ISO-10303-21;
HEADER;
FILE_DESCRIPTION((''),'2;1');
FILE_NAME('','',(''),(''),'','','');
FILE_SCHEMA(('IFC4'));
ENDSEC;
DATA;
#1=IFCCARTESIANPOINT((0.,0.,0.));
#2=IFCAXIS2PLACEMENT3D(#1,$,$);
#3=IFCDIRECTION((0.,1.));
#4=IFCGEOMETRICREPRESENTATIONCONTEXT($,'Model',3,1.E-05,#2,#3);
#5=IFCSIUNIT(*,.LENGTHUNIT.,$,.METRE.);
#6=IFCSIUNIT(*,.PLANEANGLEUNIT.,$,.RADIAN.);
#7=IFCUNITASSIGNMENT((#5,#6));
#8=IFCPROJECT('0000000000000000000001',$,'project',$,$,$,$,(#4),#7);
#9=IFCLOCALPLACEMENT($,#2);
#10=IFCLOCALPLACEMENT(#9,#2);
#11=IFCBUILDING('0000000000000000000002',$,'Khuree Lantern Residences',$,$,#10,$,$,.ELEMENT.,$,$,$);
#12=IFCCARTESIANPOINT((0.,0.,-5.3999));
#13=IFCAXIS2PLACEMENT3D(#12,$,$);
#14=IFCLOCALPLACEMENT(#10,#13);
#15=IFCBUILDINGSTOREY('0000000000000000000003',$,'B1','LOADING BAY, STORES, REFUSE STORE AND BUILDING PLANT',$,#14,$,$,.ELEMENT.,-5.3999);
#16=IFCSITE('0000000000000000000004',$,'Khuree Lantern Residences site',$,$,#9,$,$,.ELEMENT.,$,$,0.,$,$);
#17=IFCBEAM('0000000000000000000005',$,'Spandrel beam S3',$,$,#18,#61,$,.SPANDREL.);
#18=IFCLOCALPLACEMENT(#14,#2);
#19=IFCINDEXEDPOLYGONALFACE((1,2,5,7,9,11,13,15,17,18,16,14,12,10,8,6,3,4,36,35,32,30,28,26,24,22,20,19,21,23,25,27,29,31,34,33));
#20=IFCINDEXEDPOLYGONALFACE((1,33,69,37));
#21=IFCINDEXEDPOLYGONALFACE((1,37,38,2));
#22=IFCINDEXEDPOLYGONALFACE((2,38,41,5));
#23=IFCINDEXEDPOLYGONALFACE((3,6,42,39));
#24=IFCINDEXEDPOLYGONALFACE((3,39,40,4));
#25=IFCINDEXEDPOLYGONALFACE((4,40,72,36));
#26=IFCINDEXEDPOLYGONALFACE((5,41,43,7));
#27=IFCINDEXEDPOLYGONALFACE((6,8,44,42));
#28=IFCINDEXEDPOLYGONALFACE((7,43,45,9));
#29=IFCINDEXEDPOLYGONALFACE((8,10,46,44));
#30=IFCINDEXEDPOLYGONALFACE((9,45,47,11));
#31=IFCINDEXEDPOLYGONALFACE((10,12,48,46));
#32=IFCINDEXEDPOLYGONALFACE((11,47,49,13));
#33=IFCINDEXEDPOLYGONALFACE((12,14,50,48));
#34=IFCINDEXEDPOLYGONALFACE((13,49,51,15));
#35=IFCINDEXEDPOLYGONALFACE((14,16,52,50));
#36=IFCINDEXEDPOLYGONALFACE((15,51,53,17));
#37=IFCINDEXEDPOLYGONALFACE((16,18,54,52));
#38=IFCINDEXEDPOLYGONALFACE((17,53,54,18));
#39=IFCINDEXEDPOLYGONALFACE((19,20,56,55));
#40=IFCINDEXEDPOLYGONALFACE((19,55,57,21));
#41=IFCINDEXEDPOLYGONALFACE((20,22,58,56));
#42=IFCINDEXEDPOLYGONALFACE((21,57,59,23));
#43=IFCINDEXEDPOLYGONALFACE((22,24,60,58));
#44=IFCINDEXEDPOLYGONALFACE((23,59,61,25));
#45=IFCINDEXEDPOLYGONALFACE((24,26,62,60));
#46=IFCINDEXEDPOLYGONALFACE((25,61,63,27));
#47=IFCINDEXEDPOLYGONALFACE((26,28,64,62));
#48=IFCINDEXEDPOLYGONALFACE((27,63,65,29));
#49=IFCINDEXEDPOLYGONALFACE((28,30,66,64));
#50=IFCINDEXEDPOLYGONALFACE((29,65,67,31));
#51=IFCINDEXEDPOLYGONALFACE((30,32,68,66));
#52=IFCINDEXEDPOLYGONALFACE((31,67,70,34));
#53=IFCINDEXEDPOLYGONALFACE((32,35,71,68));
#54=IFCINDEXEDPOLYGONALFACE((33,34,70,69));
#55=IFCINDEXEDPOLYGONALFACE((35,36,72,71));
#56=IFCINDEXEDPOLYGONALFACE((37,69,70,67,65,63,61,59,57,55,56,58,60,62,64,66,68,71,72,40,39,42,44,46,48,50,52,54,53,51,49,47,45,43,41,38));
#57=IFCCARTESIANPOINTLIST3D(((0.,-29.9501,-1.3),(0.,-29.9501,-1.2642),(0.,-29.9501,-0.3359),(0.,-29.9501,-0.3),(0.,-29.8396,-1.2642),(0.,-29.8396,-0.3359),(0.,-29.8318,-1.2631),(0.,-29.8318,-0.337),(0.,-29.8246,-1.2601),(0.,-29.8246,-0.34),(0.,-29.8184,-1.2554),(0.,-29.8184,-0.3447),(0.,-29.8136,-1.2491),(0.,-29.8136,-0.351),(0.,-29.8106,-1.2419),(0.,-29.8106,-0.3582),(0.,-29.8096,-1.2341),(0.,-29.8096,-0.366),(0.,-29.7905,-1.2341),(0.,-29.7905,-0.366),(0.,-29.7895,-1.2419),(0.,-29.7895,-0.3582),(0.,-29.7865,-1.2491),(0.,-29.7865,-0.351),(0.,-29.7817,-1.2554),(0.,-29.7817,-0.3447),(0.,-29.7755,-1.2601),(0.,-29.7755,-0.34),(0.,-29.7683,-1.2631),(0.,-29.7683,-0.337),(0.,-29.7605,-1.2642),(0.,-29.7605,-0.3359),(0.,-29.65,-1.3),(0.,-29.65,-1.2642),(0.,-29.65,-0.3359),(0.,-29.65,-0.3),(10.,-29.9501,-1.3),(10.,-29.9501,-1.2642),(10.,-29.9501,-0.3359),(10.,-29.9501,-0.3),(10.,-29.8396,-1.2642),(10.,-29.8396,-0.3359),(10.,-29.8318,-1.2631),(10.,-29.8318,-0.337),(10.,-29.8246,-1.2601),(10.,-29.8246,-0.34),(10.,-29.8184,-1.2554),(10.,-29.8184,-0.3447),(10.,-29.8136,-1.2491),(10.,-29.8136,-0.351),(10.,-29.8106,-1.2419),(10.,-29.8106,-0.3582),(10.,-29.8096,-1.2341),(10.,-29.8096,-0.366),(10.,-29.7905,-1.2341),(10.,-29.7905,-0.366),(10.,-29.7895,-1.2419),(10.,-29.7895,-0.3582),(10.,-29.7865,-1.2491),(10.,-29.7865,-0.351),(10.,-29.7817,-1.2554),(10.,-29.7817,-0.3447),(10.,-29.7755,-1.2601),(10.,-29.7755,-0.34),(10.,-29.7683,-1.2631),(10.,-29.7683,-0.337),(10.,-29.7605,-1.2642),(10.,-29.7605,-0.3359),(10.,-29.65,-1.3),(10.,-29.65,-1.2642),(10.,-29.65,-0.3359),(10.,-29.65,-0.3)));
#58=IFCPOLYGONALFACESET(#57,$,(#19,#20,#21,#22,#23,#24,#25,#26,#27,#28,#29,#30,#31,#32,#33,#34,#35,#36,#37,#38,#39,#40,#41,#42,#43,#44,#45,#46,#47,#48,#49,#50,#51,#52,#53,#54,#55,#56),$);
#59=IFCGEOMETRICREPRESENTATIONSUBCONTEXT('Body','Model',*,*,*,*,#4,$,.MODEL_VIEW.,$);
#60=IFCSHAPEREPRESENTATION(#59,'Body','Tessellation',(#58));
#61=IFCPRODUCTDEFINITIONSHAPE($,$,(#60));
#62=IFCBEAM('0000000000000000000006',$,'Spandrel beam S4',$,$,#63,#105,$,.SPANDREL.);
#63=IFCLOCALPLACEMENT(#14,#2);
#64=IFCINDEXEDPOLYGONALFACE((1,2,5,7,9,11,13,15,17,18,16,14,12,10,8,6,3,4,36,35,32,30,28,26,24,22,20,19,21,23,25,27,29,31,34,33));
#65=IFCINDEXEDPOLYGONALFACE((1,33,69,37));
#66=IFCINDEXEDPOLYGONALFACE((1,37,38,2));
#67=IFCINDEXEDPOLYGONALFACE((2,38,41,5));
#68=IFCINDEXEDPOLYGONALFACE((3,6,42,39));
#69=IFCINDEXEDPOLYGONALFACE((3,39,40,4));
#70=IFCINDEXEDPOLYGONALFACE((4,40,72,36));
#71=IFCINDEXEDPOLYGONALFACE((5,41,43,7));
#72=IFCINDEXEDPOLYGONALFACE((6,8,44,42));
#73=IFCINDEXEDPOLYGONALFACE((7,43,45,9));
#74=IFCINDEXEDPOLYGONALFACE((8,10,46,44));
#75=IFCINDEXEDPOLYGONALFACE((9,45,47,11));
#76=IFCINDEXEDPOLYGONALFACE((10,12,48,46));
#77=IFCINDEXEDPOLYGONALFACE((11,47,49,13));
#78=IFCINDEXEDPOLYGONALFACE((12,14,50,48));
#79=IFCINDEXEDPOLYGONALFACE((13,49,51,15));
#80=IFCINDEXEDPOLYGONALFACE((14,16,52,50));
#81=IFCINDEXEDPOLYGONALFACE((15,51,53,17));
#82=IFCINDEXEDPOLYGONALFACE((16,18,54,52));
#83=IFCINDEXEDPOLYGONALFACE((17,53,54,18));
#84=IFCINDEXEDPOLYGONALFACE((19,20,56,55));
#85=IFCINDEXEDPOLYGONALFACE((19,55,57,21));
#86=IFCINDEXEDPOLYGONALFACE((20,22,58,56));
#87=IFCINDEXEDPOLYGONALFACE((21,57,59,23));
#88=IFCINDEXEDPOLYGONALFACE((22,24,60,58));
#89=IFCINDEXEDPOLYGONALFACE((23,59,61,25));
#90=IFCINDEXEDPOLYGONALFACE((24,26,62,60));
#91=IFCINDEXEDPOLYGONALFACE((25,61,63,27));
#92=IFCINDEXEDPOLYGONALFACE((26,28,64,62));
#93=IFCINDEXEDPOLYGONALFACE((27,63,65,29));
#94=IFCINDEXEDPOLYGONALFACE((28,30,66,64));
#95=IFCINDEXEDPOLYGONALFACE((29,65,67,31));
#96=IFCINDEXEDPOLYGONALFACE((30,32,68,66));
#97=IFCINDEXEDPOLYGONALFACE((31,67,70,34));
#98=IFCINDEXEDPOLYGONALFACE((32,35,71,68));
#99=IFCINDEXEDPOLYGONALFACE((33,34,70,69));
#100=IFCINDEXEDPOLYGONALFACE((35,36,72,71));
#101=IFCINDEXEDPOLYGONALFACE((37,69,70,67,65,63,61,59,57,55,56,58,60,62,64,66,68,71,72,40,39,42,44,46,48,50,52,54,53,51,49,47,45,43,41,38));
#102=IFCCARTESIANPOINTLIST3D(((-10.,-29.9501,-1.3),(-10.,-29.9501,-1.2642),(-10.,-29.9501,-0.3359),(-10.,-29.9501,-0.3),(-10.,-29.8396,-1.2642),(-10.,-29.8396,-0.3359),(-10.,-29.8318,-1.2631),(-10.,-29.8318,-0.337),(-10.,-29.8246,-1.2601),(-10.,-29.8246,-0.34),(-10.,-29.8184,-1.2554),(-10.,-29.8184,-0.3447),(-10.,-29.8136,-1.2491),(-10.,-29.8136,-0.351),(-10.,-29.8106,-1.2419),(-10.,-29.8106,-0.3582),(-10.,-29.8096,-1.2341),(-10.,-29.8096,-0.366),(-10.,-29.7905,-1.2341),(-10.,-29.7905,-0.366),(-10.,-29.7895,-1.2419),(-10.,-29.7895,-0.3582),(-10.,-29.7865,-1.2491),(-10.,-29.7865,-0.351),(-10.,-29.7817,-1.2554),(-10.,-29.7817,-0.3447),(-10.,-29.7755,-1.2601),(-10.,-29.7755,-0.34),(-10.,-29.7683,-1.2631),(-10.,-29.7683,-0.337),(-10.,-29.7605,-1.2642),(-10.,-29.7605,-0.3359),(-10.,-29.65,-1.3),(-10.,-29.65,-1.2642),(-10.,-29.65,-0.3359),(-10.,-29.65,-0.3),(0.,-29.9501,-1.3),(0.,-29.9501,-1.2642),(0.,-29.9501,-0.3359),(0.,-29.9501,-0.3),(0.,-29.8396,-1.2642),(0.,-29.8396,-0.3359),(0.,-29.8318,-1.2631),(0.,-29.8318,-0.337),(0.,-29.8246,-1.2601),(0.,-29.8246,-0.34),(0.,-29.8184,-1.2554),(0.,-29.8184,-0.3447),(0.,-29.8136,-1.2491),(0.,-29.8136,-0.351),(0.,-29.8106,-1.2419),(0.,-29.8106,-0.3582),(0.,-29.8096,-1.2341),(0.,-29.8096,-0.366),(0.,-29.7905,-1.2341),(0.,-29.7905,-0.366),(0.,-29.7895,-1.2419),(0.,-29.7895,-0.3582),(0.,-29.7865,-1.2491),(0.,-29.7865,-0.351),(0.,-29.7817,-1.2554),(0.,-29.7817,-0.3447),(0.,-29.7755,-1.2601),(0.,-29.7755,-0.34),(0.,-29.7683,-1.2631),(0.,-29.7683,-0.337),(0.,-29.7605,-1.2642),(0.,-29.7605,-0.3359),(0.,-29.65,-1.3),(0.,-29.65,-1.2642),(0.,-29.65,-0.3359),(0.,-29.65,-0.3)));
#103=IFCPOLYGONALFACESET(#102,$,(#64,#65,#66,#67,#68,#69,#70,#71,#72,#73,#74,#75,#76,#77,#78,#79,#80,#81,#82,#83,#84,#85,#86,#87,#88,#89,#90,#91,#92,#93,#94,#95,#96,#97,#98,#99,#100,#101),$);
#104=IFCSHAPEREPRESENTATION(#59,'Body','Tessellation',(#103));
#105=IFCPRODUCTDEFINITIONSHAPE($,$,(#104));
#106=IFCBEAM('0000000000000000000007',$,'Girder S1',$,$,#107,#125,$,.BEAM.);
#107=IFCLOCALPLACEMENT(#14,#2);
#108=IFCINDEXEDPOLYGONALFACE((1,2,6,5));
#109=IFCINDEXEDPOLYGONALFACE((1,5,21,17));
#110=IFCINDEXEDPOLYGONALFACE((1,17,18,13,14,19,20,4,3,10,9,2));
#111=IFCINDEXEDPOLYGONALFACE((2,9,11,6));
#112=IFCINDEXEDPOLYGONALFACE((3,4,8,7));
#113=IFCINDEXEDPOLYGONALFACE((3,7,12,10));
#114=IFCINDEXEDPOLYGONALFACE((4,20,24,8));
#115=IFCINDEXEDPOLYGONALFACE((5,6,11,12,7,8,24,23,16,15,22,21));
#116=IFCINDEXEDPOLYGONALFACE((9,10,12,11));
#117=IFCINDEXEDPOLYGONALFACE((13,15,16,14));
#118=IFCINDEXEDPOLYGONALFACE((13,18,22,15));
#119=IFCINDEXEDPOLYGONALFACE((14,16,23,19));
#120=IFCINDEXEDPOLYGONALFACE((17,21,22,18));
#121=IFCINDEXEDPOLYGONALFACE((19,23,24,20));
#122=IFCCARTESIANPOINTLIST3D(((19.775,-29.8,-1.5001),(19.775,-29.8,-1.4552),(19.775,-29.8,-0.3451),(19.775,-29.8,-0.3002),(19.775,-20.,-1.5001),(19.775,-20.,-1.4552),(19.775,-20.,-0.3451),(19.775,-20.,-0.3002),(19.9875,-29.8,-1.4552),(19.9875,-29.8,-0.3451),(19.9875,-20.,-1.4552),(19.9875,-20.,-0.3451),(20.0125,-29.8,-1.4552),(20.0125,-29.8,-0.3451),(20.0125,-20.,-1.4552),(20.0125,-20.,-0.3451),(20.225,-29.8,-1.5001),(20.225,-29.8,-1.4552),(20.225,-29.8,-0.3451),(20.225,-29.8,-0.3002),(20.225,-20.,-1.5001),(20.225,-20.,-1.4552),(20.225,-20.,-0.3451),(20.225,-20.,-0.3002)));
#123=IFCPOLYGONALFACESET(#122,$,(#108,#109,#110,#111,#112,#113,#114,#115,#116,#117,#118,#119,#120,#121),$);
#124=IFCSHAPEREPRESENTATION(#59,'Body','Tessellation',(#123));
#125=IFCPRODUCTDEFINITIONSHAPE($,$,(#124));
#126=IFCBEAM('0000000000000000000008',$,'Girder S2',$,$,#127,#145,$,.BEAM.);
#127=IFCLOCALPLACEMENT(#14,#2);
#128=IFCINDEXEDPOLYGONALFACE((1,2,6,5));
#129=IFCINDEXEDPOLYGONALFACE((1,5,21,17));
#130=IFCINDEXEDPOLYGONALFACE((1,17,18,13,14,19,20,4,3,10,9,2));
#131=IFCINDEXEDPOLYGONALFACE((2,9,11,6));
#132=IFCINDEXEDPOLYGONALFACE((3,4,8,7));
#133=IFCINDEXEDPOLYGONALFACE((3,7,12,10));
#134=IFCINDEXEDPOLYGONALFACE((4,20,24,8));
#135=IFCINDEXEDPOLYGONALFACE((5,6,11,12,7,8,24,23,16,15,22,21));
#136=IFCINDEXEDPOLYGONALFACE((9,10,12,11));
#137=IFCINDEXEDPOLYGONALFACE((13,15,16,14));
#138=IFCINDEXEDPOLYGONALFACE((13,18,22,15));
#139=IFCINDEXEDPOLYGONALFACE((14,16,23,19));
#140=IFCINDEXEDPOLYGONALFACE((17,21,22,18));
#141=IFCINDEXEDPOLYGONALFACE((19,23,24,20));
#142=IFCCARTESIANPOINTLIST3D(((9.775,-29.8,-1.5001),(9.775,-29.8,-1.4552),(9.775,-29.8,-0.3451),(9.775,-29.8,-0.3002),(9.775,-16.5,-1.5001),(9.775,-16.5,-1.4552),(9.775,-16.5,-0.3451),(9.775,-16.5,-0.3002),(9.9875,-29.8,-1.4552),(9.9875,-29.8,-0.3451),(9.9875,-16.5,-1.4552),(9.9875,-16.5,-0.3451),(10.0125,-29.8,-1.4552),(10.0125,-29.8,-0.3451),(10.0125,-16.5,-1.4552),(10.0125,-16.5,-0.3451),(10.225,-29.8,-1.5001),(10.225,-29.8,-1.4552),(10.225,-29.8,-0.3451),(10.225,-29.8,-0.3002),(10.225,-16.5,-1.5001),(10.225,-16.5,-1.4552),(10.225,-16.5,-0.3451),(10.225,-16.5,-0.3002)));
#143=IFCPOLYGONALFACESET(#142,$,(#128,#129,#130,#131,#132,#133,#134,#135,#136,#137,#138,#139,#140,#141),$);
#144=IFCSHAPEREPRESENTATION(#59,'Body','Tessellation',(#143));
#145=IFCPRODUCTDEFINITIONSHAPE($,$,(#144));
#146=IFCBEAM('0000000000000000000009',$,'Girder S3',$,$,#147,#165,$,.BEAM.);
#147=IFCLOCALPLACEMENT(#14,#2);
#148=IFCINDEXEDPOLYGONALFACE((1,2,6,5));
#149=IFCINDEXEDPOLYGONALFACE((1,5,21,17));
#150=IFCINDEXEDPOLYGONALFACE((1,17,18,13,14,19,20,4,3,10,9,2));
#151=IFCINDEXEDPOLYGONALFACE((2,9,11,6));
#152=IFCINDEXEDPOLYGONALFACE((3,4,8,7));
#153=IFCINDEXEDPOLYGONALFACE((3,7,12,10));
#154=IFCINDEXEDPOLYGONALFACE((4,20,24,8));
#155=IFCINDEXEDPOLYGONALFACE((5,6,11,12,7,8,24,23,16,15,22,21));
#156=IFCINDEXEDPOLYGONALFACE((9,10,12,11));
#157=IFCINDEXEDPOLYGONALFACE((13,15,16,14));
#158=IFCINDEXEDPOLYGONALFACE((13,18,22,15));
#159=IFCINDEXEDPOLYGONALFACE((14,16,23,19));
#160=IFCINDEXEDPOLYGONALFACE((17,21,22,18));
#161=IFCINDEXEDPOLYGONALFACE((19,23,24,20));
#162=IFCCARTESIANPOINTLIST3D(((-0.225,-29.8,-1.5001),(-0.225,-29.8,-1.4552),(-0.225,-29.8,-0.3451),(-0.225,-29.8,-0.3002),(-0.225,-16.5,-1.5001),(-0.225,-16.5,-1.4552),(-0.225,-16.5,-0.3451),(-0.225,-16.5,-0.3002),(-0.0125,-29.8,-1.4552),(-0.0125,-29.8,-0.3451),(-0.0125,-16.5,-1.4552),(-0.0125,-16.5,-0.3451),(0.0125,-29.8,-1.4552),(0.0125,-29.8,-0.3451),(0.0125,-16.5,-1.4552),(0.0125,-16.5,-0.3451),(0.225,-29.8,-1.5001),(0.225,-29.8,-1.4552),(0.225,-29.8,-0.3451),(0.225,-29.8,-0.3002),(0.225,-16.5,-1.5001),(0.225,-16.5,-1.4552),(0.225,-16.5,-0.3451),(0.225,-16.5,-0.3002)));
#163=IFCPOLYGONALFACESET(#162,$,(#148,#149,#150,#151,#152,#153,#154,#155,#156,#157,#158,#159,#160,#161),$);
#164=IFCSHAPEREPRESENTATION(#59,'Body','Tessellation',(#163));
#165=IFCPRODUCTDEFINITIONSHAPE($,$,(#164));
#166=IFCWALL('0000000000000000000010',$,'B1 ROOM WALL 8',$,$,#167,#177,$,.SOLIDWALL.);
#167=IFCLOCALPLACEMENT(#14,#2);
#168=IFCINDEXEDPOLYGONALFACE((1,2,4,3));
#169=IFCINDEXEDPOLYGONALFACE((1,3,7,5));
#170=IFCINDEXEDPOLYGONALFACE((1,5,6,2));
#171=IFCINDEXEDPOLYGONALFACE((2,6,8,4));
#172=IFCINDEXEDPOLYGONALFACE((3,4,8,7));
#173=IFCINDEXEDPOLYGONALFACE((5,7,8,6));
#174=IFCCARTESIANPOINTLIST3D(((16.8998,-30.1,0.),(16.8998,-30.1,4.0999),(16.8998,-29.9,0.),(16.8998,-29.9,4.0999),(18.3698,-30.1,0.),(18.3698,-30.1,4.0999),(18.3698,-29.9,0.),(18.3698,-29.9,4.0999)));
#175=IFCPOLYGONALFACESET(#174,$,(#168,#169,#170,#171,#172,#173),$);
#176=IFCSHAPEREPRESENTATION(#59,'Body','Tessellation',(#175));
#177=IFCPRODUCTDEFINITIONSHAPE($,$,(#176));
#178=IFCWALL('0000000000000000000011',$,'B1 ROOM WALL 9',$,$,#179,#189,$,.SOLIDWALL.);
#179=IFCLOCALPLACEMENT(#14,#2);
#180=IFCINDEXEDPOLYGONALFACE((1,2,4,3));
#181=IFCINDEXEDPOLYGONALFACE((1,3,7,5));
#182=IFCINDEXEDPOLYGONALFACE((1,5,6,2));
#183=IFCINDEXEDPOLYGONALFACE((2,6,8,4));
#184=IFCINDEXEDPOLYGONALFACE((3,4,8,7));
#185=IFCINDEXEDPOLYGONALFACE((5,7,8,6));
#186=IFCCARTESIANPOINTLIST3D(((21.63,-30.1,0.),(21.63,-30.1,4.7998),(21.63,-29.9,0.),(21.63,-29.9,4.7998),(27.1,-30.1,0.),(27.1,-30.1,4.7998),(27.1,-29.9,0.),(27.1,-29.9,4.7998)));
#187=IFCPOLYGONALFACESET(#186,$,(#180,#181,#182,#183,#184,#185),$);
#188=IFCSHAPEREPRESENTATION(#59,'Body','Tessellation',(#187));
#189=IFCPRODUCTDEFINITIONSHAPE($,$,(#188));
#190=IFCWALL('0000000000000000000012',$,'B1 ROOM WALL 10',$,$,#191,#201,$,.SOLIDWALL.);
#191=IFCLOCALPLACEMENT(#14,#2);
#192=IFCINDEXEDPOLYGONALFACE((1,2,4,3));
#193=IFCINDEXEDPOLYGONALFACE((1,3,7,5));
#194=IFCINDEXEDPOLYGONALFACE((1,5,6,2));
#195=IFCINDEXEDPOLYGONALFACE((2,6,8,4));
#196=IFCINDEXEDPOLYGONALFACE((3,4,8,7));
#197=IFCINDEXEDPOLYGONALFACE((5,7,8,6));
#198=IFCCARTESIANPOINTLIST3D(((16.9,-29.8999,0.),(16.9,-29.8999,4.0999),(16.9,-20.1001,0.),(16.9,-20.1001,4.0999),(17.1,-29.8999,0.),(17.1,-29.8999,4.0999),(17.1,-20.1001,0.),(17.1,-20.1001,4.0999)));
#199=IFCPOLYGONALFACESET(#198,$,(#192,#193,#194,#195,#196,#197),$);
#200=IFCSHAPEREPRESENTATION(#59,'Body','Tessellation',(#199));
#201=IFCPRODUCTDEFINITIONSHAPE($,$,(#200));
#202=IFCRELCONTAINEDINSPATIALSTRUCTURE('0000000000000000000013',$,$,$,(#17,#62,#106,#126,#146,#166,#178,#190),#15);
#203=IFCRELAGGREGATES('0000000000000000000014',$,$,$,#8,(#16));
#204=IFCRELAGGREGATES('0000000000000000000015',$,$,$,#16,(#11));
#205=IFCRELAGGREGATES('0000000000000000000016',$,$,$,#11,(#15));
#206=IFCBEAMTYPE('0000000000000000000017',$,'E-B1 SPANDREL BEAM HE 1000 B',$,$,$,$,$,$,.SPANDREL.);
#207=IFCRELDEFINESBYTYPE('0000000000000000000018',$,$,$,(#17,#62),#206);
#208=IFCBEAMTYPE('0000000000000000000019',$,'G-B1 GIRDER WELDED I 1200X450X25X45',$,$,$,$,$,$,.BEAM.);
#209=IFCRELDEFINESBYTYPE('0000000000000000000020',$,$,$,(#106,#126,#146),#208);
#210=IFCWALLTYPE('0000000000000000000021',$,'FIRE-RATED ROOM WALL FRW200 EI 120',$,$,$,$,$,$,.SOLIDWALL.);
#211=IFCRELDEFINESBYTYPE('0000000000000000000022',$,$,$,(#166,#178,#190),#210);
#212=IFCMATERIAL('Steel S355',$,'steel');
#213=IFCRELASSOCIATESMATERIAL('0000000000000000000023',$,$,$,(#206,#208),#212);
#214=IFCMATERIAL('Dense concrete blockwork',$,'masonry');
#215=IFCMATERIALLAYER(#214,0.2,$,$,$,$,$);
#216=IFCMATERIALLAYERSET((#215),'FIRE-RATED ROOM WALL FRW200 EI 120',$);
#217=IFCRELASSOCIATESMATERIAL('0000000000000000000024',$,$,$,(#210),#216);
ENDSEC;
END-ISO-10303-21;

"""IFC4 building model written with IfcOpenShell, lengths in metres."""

from ifc_helpers import new_model, si_unit, direction, frame, frame_2d, origin, origin_2d, place, context, subcontext, project, spatial, rectangle, i_section, extrude, material, layer, layer_set, material_profile, profile_set, type_object, element, save


model = new_model("IFC4")

# Units and contexts
model_context = context("Model", 3, precision=1e-05, world=origin(), true_north=direction((0.0, 1.0)))
body_context = subcontext(model_context, "Body", "Model", "MODEL_VIEW")
ifc_project = project(units=[si_unit("LENGTHUNIT", "METRE"), si_unit("PLANEANGLEUNIT", "RADIAN")], contexts=[model_context])

# Site, building, storey
site_placement = place(None, origin())
site = spatial("IfcSite", under=ifc_project, at=site_placement, Name="Khuree Lantern Residences site", CompositionType="ELEMENT", RefElevation=0.0)
building_placement = place(site_placement, origin())
building = spatial("IfcBuilding", under=site, at=building_placement, Name="Khuree Lantern Residences", CompositionType="ELEMENT")
storey_placement = place(building_placement, frame((0.0, 0.0, -5.3999)))
storey = spatial("IfcBuildingStorey", under=building, at=storey_placement, Name="B1", Description="LOADING BAY, STORES, REFUSE STORE AND BUILDING PLANT", CompositionType="ELEMENT", Elevation=-5.3999)

# Beams
ifc_material_1 = material(Name="Steel S355", Category="steel")
ifc_material_profile_1 = material_profile(ifc_material_1, i_section(OverallWidth=0.3, OverallDepth=1.0, WebThickness=0.019, FlangeThickness=0.0359, FilletRadius=0.03, at=origin_2d()), Name="HE 1000 B")
ifc_profile_set_1 = profile_set([ifc_material_profile_1], Name="Steel S355")
beam_type_1 = type_object("IfcBeamType", Name="E-B1 SPANDREL BEAM HE 1000 B", PredefinedType="SPANDREL", material=ifc_profile_set_1)
for number, where, z_axis, x_axis, name in (
    (1, (10.0, -29.8, -0.8), (-1.0, 0.0, 0.0), (0.0, -1.0, 0.0), "Spandrel beam S3"),
    (2, (0.0, -29.8, -0.8), (-1.0, 0.0, 0.0), (0.0, -1.0, 0.0), "Spandrel beam S4"),
):
    element("IfcBeam", number, at=place(storey_placement, frame(where, z_axis=z_axis, x_axis=x_axis)), inside=storey, type_object=beam_type_1, Name=name, PredefinedType="SPANDREL", context=body_context, shape_type="SweptSolid", body=[
        extrude(i_section(OverallWidth=0.3, OverallDepth=1.0, WebThickness=0.019, FlangeThickness=0.0359, FilletRadius=0.03, at=origin_2d()), origin(), (0.0, 0.0, 1.0), 10.0),
    ])
ifc_material_profile_2 = material_profile(ifc_material_1, i_section(OverallWidth=0.45, OverallDepth=1.2, WebThickness=0.0249, FlangeThickness=0.0449, at=origin_2d()), Name="WELDED I 1200X450X25X45")
ifc_profile_set_2 = profile_set([ifc_material_profile_2], Name="Steel S355")
beam_type_2 = type_object("IfcBeamType", Name="G-B1 GIRDER WELDED I 1200X450X25X45", PredefinedType="BEAM", material=ifc_profile_set_2)
beam_placement = place(storey_placement, frame((20.0, -29.8, -0.9001), z_axis=(0.0, 1.0, 0.0), x_axis=(-1.0, 0.0, 0.0)))
element("IfcBeam", 3, at=beam_placement, inside=storey, type_object=beam_type_2, Name="Girder S1", PredefinedType="BEAM", context=body_context, shape_type="SweptSolid", body=[
    extrude(i_section(OverallWidth=0.45, OverallDepth=1.2, WebThickness=0.0249, FlangeThickness=0.0449, at=origin_2d()), origin(), (0.0, 0.0, 1.0), 9.8),
])
for number, where, z_axis, x_axis, name in (
    (4, (10.0, -29.8, -0.9001), (0.0, 1.0, 0.0), (-1.0, 0.0, 0.0), "Girder S2"),
    (5, (0.0, -29.8, -0.9001), (0.0, 1.0, 0.0), (-1.0, 0.0, 0.0), "Girder S3"),
):
    element("IfcBeam", number, at=place(storey_placement, frame(where, z_axis=z_axis, x_axis=x_axis)), inside=storey, type_object=beam_type_2, Name=name, PredefinedType="BEAM", context=body_context, shape_type="SweptSolid", body=[
        extrude(i_section(OverallWidth=0.45, OverallDepth=1.2, WebThickness=0.0249, FlangeThickness=0.0449, at=origin_2d()), origin(), (0.0, 0.0, 1.0), 13.3),
    ])

# Walls
ifc_material_2 = material(Name="Dense concrete blockwork", Category="masonry")
ifc_layer = layer(ifc_material_2, 0.2)
ifc_layer_set = layer_set([ifc_layer], Name="FIRE-RATED ROOM WALL FRW200 EI 120")
wall_type = type_object("IfcWallType", Name="FIRE-RATED ROOM WALL FRW200 EI 120", PredefinedType="SOLIDWALL", material=ifc_layer_set)
wall_1_placement = place(storey_placement, frame((16.8999, -30.0, 0.0), z_axis=(0.0, 0.0, 1.0), x_axis=(1.0, 0.0, 0.0)))
element("IfcWall", 6, at=wall_1_placement, inside=storey, type_object=wall_type, Name="B1 ROOM WALL 8", PredefinedType="SOLIDWALL", context=body_context, shape_type="SweptSolid", body=[
    extrude(rectangle(XDim=1.47, YDim=0.2, at=frame_2d((0.7349, 0.0))), origin(), (0.0, 0.0, 1.0), 4.0999),
])
wall_2_placement = place(storey_placement, frame((21.6301, -30.0, 0.0), z_axis=(0.0, 0.0, 1.0), x_axis=(1.0, 0.0, 0.0)))
element("IfcWall", 7, at=wall_2_placement, inside=storey, type_object=wall_type, Name="B1 ROOM WALL 9", PredefinedType="SOLIDWALL", context=body_context, shape_type="SweptSolid", body=[
    extrude(rectangle(XDim=5.47, YDim=0.2, at=frame_2d((2.7349, 0.0))), origin(), (0.0, 0.0, 1.0), 4.7998),
])
wall_3_placement = place(storey_placement, frame((17.0, -29.8999, 0.0), z_axis=(0.0, 0.0, 1.0), x_axis=(0.0, 1.0, 0.0)))
element("IfcWall", 8, at=wall_3_placement, inside=storey, type_object=wall_type, Name="B1 ROOM WALL 10", PredefinedType="SOLIDWALL", context=body_context, shape_type="SweptSolid", body=[
    extrude(rectangle(XDim=9.7998, YDim=0.2, at=frame_2d((4.8999, 0.0))), origin(), (0.0, 0.0, 1.0), 4.0999),
])

save(model, "model.ifc")
